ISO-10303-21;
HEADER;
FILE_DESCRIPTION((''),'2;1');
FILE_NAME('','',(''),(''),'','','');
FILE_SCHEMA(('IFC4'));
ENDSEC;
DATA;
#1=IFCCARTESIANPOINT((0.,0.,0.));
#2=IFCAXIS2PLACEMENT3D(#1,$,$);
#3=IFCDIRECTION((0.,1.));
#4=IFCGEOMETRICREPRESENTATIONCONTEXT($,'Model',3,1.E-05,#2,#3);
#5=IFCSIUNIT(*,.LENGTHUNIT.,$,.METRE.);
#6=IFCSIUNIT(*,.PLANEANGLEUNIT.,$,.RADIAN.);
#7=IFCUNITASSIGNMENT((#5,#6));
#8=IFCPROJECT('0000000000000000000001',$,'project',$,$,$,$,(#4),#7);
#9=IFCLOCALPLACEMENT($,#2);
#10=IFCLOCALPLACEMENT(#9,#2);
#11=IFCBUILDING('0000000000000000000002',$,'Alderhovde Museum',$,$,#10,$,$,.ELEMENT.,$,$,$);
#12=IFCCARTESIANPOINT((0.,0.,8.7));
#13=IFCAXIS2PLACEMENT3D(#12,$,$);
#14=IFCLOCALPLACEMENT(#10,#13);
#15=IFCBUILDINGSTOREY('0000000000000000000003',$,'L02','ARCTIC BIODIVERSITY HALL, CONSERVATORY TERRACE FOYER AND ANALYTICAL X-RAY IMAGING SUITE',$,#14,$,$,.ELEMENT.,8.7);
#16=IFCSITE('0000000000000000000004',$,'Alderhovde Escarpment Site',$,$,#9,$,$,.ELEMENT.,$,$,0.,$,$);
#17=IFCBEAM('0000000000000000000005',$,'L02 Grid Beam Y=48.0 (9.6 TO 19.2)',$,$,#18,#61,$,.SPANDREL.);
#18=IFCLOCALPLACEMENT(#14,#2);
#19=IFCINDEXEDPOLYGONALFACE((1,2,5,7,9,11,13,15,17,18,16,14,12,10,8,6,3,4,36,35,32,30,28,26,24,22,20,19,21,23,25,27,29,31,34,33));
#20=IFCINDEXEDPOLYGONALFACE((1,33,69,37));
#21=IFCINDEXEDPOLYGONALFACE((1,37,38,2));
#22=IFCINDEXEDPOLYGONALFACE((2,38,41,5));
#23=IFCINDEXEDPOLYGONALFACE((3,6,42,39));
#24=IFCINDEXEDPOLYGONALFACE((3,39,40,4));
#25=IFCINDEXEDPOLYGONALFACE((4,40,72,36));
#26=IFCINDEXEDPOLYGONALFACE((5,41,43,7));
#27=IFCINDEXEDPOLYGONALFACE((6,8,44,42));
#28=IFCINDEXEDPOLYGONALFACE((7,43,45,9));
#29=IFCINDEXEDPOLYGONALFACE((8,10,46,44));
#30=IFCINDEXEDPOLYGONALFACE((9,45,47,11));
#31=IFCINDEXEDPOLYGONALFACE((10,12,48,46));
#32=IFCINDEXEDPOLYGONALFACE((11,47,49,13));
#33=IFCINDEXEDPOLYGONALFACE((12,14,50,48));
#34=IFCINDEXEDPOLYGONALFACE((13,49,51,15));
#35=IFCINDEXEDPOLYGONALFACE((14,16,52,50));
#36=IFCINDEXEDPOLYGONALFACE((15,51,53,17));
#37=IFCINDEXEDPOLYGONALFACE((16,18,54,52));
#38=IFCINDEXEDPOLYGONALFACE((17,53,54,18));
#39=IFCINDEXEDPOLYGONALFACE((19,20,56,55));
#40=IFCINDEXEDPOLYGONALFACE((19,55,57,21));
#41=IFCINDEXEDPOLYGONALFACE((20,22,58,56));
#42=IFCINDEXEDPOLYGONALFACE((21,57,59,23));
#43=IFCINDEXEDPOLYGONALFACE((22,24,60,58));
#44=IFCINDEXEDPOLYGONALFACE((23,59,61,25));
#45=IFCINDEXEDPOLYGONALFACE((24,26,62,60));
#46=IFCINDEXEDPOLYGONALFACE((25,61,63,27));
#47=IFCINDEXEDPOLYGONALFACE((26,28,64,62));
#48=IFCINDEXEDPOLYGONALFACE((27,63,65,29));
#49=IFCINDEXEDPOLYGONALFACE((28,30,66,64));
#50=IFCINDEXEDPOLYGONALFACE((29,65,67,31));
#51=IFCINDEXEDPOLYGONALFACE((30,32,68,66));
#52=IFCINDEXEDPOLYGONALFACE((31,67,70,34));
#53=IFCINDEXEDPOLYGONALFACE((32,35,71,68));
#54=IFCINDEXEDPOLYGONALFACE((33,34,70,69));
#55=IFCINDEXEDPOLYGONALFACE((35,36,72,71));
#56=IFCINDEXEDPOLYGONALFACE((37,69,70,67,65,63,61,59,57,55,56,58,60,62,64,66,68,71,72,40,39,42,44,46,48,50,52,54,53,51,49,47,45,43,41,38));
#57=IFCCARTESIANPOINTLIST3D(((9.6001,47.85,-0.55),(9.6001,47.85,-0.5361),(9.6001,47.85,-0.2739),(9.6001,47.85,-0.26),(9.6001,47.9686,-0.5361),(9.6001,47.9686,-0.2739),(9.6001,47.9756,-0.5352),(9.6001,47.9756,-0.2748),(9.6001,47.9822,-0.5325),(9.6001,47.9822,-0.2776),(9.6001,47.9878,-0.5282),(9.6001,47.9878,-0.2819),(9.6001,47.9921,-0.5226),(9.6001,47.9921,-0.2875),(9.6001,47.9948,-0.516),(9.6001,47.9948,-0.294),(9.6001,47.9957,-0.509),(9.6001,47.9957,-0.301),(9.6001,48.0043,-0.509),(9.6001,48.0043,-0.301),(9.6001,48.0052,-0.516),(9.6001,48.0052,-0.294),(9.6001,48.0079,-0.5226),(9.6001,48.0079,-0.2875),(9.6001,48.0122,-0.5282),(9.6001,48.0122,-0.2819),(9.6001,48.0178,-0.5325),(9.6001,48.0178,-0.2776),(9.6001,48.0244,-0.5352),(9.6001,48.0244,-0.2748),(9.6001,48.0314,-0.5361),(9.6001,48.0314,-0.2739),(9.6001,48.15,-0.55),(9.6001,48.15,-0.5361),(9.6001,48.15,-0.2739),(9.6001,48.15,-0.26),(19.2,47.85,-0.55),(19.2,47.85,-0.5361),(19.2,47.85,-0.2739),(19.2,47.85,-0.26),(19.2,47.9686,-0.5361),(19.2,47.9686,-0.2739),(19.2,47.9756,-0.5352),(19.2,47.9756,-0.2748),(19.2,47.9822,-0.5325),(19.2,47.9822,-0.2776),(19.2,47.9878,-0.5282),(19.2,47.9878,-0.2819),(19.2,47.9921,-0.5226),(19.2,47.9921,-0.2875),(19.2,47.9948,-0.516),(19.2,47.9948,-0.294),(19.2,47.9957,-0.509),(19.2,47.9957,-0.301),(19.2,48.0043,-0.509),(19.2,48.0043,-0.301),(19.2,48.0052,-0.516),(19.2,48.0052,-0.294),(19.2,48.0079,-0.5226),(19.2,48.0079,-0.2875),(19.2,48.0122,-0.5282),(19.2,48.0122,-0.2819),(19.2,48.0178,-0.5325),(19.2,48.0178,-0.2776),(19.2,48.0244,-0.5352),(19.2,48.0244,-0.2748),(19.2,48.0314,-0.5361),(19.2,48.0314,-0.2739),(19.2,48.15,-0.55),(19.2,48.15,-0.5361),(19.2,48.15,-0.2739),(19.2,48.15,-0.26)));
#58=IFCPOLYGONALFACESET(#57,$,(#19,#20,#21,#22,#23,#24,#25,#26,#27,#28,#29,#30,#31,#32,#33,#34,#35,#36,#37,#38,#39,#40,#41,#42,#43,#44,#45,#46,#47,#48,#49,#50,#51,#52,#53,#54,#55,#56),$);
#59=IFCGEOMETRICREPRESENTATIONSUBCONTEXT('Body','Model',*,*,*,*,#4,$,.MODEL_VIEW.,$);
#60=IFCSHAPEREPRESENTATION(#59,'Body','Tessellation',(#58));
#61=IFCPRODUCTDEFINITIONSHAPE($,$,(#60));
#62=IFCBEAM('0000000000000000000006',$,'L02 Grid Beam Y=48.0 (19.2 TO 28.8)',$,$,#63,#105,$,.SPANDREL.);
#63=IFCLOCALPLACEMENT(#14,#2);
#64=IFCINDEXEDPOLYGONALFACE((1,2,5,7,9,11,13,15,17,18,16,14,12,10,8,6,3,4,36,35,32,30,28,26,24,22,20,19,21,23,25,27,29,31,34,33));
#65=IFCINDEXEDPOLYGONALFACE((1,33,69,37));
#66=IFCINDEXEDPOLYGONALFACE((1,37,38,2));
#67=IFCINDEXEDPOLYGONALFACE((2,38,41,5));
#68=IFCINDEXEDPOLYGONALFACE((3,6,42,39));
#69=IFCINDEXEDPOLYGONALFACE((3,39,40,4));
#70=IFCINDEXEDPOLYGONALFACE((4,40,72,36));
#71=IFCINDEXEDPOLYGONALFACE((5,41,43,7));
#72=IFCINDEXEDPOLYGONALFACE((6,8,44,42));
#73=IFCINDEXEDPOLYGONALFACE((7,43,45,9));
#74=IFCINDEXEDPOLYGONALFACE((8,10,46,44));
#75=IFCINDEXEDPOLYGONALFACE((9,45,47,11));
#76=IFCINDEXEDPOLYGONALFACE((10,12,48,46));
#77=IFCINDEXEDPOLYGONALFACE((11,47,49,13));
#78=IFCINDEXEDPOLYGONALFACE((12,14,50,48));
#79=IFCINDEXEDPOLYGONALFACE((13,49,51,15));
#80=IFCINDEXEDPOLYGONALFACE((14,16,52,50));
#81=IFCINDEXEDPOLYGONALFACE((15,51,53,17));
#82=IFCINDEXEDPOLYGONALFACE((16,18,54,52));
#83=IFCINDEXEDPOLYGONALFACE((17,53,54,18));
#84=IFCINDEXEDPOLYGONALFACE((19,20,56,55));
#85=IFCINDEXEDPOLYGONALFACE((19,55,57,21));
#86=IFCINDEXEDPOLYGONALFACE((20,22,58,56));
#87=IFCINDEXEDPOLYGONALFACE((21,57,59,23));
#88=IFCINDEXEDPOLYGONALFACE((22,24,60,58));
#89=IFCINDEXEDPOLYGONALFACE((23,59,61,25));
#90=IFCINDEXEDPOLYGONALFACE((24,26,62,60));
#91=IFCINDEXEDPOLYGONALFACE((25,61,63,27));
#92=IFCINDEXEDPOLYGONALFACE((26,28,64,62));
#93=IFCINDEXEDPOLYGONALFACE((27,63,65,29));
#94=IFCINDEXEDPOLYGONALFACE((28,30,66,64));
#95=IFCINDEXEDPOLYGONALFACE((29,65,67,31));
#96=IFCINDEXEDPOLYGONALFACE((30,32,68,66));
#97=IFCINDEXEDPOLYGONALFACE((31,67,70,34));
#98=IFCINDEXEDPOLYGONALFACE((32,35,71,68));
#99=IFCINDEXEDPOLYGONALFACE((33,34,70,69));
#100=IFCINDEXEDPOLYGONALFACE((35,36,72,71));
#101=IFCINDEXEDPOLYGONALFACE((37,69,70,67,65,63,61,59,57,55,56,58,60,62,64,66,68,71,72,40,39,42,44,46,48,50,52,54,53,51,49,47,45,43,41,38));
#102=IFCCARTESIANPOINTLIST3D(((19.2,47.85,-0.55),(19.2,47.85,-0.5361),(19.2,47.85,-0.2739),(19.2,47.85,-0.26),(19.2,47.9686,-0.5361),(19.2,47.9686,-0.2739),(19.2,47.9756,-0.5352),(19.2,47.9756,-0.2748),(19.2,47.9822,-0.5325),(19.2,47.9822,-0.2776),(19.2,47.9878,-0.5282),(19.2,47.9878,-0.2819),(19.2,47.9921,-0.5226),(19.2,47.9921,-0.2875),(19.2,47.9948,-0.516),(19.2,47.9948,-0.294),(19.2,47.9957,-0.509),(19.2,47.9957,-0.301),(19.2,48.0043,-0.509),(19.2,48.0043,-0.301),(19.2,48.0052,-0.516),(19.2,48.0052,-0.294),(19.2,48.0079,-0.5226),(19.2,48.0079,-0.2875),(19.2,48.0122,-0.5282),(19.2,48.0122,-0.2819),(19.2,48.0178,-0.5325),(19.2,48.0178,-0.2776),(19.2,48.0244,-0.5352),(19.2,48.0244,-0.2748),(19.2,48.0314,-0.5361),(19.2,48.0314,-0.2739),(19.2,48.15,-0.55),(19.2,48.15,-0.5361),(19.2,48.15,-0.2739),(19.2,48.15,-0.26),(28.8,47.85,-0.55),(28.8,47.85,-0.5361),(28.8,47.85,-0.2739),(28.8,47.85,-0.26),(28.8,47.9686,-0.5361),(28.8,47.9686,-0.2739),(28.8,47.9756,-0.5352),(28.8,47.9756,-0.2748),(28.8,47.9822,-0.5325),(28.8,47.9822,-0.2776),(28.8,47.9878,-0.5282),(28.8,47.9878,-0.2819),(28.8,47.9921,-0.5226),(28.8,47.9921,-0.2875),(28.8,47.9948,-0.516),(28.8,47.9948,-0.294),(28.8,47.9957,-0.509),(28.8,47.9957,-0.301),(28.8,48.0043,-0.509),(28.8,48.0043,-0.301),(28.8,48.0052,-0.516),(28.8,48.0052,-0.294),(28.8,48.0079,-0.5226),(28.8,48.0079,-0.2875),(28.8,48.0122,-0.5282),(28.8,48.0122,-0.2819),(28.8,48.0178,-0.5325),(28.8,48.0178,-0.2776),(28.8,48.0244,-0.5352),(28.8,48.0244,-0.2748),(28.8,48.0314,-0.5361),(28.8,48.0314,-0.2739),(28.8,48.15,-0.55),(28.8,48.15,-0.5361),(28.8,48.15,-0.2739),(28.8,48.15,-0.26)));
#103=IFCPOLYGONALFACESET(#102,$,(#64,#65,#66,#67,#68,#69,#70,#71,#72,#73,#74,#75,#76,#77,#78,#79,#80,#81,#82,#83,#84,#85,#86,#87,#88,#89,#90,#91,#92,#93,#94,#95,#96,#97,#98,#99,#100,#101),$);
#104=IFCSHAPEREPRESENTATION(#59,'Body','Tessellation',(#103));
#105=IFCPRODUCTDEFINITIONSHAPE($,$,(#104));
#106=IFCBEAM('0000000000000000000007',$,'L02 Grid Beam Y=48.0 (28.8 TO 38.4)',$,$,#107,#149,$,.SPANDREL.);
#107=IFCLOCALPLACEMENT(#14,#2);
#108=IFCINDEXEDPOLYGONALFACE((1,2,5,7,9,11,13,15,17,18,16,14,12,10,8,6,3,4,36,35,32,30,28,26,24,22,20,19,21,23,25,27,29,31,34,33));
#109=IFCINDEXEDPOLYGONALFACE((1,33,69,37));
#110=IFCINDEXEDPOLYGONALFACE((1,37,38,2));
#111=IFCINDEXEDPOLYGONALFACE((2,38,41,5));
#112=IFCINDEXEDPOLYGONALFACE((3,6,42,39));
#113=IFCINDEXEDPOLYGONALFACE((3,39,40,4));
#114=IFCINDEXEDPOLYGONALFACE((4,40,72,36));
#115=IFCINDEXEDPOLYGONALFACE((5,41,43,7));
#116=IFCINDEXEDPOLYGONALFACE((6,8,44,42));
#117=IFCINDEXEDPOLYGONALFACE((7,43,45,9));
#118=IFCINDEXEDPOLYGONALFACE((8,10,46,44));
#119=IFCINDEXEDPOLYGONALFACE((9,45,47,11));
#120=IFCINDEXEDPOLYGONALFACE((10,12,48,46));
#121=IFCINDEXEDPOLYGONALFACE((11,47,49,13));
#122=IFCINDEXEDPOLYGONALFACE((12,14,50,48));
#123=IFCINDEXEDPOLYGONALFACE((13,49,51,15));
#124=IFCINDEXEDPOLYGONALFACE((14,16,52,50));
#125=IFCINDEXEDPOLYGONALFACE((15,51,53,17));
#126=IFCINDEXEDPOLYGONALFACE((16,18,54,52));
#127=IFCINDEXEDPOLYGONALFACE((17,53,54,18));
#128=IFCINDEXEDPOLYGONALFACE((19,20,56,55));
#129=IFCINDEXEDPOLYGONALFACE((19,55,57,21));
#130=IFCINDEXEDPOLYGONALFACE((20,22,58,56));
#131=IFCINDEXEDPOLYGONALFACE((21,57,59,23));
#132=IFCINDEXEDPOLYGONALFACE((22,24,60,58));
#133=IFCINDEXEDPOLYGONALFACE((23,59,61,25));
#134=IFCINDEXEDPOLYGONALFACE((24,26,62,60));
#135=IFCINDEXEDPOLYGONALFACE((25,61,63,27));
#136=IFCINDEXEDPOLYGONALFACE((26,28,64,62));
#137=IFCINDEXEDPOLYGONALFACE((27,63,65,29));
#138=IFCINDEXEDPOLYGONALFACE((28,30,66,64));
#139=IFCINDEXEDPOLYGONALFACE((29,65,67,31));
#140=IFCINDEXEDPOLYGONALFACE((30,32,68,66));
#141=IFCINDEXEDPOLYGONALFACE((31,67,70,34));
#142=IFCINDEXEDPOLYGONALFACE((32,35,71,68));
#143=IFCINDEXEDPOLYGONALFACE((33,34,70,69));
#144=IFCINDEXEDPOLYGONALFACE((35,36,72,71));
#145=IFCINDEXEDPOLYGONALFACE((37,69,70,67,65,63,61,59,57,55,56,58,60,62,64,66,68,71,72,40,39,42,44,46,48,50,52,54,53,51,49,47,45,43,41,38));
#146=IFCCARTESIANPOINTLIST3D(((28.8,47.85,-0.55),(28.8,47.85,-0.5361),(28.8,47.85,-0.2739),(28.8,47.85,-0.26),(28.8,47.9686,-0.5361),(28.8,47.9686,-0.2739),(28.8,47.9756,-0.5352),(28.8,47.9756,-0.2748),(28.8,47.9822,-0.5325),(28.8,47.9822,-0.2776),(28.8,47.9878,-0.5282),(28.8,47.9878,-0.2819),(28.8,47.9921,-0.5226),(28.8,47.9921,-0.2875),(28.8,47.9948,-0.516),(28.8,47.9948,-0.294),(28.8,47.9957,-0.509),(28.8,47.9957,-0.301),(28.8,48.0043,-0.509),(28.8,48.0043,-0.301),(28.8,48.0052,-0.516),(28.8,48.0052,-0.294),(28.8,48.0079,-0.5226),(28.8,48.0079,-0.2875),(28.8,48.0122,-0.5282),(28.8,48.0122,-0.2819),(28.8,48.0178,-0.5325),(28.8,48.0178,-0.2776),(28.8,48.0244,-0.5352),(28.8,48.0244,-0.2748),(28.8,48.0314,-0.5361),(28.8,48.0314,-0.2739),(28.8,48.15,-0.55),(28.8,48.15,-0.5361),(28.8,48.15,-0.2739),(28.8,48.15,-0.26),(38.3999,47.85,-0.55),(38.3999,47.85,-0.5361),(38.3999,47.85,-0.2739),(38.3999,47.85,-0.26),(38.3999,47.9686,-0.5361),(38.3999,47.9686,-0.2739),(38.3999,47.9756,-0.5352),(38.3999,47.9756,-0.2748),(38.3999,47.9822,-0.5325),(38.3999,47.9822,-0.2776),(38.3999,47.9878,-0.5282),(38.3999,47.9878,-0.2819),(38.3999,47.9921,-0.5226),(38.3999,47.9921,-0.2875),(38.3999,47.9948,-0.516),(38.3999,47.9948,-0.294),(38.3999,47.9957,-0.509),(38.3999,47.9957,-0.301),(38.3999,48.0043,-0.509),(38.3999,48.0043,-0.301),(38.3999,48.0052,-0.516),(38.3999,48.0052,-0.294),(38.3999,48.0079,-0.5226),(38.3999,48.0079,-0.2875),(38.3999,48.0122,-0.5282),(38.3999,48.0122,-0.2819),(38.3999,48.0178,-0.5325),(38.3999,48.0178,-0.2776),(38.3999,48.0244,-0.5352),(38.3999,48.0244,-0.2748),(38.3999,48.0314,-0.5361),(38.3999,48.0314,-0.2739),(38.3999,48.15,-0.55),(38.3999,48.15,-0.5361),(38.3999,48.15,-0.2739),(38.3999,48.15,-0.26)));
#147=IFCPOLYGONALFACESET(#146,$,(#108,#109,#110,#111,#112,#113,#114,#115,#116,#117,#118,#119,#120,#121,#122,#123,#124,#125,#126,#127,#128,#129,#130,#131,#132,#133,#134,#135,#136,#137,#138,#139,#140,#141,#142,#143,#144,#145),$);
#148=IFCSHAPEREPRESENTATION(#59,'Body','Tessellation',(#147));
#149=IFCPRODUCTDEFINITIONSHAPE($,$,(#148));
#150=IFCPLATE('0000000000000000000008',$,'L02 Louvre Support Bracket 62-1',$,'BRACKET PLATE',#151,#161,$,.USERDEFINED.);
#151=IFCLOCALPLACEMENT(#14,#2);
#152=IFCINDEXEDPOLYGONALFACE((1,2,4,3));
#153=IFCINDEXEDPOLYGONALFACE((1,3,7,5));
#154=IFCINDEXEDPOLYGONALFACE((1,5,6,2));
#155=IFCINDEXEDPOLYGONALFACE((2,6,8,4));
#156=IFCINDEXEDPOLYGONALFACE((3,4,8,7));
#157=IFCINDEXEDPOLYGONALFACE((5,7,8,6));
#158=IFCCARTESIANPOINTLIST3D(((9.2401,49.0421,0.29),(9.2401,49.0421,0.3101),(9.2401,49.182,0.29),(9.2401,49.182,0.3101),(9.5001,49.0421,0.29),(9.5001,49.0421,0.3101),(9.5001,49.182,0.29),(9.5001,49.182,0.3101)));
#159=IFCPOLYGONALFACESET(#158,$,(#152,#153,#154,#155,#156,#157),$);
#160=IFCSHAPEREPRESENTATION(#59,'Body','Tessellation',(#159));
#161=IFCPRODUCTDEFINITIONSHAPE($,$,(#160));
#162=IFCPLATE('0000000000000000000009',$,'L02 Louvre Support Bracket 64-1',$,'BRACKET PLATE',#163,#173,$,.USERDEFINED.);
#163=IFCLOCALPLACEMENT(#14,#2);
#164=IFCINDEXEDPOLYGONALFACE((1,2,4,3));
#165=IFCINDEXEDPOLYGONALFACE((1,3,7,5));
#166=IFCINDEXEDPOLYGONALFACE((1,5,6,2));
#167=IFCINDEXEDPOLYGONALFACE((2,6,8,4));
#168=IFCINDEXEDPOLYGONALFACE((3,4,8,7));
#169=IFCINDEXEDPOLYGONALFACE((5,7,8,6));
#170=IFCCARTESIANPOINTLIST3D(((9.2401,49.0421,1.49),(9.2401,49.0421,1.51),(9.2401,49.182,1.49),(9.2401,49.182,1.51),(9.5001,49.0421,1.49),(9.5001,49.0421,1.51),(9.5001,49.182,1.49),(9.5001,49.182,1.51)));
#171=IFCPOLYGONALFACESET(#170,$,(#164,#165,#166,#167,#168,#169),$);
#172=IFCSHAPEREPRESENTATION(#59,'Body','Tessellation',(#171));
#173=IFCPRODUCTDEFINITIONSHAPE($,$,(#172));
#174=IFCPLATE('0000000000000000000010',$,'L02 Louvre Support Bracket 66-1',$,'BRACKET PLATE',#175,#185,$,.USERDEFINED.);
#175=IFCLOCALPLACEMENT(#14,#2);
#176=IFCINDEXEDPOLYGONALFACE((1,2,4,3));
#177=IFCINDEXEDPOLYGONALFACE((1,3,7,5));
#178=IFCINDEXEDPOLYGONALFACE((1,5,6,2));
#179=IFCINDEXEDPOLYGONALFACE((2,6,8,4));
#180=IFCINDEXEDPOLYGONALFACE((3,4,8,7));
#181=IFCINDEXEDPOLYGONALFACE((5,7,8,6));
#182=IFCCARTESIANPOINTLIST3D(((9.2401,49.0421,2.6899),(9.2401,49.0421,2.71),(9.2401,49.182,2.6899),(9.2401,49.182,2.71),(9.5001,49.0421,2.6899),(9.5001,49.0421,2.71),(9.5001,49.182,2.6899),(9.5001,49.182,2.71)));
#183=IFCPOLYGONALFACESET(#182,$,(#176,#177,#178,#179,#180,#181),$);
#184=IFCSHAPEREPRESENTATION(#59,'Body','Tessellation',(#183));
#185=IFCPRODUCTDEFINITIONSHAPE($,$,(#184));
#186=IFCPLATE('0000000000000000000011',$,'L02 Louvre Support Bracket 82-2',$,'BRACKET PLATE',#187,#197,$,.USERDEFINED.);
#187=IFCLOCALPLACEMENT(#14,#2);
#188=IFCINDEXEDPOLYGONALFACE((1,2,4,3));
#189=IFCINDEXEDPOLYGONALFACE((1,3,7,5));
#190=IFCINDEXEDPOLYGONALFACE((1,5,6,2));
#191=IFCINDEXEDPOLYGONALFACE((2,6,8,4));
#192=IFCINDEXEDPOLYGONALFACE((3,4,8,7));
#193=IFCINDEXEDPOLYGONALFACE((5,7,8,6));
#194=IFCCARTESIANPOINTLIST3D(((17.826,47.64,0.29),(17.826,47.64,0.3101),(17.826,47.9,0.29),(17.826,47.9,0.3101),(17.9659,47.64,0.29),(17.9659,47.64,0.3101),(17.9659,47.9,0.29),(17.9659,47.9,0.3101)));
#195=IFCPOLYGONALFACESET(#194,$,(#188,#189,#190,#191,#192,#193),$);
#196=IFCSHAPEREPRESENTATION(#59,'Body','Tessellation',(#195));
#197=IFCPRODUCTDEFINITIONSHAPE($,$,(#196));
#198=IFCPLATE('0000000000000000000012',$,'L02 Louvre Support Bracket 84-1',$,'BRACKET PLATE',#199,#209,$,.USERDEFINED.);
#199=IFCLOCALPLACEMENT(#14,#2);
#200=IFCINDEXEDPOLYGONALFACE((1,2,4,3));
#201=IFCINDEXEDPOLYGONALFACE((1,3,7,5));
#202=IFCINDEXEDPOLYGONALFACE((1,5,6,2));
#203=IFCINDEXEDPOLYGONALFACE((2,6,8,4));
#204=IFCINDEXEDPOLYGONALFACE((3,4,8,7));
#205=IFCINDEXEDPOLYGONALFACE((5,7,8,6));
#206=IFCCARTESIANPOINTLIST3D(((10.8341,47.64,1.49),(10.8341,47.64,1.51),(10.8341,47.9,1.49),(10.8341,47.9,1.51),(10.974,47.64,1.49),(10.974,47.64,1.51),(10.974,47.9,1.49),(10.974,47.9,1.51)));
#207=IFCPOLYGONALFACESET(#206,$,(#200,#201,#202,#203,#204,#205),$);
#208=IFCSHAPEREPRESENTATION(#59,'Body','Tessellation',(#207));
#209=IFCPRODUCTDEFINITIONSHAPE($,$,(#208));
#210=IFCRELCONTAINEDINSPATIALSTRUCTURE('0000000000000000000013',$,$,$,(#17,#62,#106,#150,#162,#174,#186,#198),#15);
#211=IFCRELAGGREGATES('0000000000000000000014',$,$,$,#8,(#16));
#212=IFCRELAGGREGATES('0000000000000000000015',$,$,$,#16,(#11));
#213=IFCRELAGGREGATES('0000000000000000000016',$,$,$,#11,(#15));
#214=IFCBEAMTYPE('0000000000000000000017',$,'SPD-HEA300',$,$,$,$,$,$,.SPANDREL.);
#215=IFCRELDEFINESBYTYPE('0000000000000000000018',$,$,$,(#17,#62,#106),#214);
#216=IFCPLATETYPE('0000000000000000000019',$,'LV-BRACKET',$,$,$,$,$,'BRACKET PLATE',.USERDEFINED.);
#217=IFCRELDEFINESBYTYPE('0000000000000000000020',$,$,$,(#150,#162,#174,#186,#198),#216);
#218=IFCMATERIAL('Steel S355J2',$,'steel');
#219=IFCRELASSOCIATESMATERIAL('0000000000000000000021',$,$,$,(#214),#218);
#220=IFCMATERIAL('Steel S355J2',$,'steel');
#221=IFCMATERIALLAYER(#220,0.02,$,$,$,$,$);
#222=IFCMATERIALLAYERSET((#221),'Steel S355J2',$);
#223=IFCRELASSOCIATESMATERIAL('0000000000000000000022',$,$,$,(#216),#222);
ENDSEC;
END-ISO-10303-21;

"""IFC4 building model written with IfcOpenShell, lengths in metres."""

from ifc_helpers import new_model, si_unit, direction, frame, origin, origin_2d, place, context, subcontext, project, spatial, rectangle, i_section, extrude, material, layer, layer_set, material_profile, profile_set, type_object, element, save


model = new_model("IFC4")

# Units and contexts
model_context = context("Model", 3, precision=1e-05, world=origin(), true_north=direction((0.0, 1.0)))
body_context = subcontext(model_context, "Body", "Model", "MODEL_VIEW")
ifc_project = project(units=[si_unit("LENGTHUNIT", "METRE"), si_unit("PLANEANGLEUNIT", "RADIAN")], contexts=[model_context])

# Site, building, storey
site_placement = place(None, origin())
site = spatial("IfcSite", under=ifc_project, at=site_placement, Name="Alderhovde Escarpment Site", CompositionType="ELEMENT", RefElevation=0.0)
building_placement = place(site_placement, origin())
building = spatial("IfcBuilding", under=site, at=building_placement, Name="Alderhovde Museum", CompositionType="ELEMENT")
storey_placement = place(building_placement, frame((0.0, 0.0, 8.7)))
storey = spatial("IfcBuildingStorey", under=building, at=storey_placement, Name="L02", Description="ARCTIC BIODIVERSITY HALL, CONSERVATORY TERRACE FOYER AND ANALYTICAL X-RAY IMAGING SUITE", CompositionType="ELEMENT", Elevation=8.7)

# Beams
ifc_material_1 = material(Name="Steel S355J2", Category="steel")
ifc_material_profile_1 = material_profile(ifc_material_1, i_section(OverallWidth=0.3, OverallDepth=0.29, WebThickness=0.0085, FlangeThickness=0.0139, FilletRadius=0.0271, at=origin_2d()), Name="HEA 300")
ifc_profile_set_1 = profile_set([ifc_material_profile_1], Name="Steel S355J2")
beam_type_1 = type_object("IfcBeamType", Name="SPD-HEA300", PredefinedType="SPANDREL", material=ifc_profile_set_1)
beam_1_placement = place(storey_placement, frame((9.6001, 48.0, -0.405), z_axis=(1.0, 0.0, 0.0), x_axis=(0.0, 1.0, 0.0)))
element("IfcBeam", 1, at=beam_1_placement, inside=storey, type_object=beam_type_1, Name="L02 Grid Beam Y=48.0 (9.6 TO 19.2)", PredefinedType="SPANDREL", context=body_context, shape_type="SweptSolid", body=[
    extrude(i_section(OverallWidth=0.3, OverallDepth=0.29, WebThickness=0.0085, FlangeThickness=0.0139, FilletRadius=0.0271, at=origin_2d()), origin(), (0.0, 0.0, 1.0), 9.5999),
])
beam_2_placement = place(storey_placement, frame((19.2, 48.0, -0.405), z_axis=(1.0, 0.0, 0.0), x_axis=(0.0, 1.0, 0.0)))
element("IfcBeam", 2, at=beam_2_placement, inside=storey, type_object=beam_type_1, Name="L02 Grid Beam Y=48.0 (19.2 TO 28.8)", PredefinedType="SPANDREL", context=body_context, shape_type="SweptSolid", body=[
    extrude(i_section(OverallWidth=0.3, OverallDepth=0.29, WebThickness=0.0085, FlangeThickness=0.0139, FilletRadius=0.0271, at=origin_2d()), origin(), (0.0, 0.0, 1.0), 9.6001),
])
beam_3_placement = place(storey_placement, frame((28.8, 48.0, -0.405), z_axis=(1.0, 0.0, 0.0), x_axis=(0.0, 1.0, 0.0)))
element("IfcBeam", 3, at=beam_3_placement, inside=storey, type_object=beam_type_1, Name="L02 Grid Beam Y=48.0 (28.8 TO 38.4)", PredefinedType="SPANDREL", context=body_context, shape_type="SweptSolid", body=[
    extrude(i_section(OverallWidth=0.3, OverallDepth=0.29, WebThickness=0.0085, FlangeThickness=0.0139, FilletRadius=0.0271, at=origin_2d()), origin(), (0.0, 0.0, 1.0), 9.5999),
])

# Plates
ifc_material_2 = material(Name="Steel S355J2", Category="steel")
ifc_layer_1 = layer(ifc_material_2, 0.02)
ifc_layer_set_1 = layer_set([ifc_layer_1], Name="Steel S355J2")
plate_type = type_object("IfcPlateType", Name="LV-BRACKET", ElementType="BRACKET PLATE", PredefinedType="USERDEFINED", material=ifc_layer_set_1)
for number, where, z_axis, x_axis, name in (
    (4, (9.3701, 49.1121, 0.29), (0.0, 0.0, 1.0), (0.0, 1.0, 0.0), "L02 Louvre Support Bracket 62-1"),
    (5, (9.3701, 49.1121, 1.49), (0.0, 0.0, 1.0), (0.0, 1.0, 0.0), "L02 Louvre Support Bracket 64-1"),
    (6, (9.3701, 49.1121, 2.6899), (0.0, 0.0, 1.0), (0.0, 1.0, 0.0), "L02 Louvre Support Bracket 66-1"),
    (7, (17.896, 47.77, 0.29), (0.0, 0.0, 1.0), (1.0, 0.0, 0.0), "L02 Louvre Support Bracket 82-2"),
    (8, (10.9041, 47.77, 1.49), (0.0, 0.0, 1.0), (1.0, 0.0, 0.0), "L02 Louvre Support Bracket 84-1"),
):
    element("IfcPlate", number, at=place(storey_placement, frame(where, z_axis=z_axis, x_axis=x_axis)), inside=storey, type_object=plate_type, Name=name, ObjectType="BRACKET PLATE", PredefinedType="USERDEFINED", context=body_context, shape_type="SweptSolid", body=[
        extrude(rectangle(XDim=0.1399, YDim=0.26, at=origin_2d()), origin(), (0.0, 0.0, 1.0), 0.02),
    ])

save(model, "model.ifc")
